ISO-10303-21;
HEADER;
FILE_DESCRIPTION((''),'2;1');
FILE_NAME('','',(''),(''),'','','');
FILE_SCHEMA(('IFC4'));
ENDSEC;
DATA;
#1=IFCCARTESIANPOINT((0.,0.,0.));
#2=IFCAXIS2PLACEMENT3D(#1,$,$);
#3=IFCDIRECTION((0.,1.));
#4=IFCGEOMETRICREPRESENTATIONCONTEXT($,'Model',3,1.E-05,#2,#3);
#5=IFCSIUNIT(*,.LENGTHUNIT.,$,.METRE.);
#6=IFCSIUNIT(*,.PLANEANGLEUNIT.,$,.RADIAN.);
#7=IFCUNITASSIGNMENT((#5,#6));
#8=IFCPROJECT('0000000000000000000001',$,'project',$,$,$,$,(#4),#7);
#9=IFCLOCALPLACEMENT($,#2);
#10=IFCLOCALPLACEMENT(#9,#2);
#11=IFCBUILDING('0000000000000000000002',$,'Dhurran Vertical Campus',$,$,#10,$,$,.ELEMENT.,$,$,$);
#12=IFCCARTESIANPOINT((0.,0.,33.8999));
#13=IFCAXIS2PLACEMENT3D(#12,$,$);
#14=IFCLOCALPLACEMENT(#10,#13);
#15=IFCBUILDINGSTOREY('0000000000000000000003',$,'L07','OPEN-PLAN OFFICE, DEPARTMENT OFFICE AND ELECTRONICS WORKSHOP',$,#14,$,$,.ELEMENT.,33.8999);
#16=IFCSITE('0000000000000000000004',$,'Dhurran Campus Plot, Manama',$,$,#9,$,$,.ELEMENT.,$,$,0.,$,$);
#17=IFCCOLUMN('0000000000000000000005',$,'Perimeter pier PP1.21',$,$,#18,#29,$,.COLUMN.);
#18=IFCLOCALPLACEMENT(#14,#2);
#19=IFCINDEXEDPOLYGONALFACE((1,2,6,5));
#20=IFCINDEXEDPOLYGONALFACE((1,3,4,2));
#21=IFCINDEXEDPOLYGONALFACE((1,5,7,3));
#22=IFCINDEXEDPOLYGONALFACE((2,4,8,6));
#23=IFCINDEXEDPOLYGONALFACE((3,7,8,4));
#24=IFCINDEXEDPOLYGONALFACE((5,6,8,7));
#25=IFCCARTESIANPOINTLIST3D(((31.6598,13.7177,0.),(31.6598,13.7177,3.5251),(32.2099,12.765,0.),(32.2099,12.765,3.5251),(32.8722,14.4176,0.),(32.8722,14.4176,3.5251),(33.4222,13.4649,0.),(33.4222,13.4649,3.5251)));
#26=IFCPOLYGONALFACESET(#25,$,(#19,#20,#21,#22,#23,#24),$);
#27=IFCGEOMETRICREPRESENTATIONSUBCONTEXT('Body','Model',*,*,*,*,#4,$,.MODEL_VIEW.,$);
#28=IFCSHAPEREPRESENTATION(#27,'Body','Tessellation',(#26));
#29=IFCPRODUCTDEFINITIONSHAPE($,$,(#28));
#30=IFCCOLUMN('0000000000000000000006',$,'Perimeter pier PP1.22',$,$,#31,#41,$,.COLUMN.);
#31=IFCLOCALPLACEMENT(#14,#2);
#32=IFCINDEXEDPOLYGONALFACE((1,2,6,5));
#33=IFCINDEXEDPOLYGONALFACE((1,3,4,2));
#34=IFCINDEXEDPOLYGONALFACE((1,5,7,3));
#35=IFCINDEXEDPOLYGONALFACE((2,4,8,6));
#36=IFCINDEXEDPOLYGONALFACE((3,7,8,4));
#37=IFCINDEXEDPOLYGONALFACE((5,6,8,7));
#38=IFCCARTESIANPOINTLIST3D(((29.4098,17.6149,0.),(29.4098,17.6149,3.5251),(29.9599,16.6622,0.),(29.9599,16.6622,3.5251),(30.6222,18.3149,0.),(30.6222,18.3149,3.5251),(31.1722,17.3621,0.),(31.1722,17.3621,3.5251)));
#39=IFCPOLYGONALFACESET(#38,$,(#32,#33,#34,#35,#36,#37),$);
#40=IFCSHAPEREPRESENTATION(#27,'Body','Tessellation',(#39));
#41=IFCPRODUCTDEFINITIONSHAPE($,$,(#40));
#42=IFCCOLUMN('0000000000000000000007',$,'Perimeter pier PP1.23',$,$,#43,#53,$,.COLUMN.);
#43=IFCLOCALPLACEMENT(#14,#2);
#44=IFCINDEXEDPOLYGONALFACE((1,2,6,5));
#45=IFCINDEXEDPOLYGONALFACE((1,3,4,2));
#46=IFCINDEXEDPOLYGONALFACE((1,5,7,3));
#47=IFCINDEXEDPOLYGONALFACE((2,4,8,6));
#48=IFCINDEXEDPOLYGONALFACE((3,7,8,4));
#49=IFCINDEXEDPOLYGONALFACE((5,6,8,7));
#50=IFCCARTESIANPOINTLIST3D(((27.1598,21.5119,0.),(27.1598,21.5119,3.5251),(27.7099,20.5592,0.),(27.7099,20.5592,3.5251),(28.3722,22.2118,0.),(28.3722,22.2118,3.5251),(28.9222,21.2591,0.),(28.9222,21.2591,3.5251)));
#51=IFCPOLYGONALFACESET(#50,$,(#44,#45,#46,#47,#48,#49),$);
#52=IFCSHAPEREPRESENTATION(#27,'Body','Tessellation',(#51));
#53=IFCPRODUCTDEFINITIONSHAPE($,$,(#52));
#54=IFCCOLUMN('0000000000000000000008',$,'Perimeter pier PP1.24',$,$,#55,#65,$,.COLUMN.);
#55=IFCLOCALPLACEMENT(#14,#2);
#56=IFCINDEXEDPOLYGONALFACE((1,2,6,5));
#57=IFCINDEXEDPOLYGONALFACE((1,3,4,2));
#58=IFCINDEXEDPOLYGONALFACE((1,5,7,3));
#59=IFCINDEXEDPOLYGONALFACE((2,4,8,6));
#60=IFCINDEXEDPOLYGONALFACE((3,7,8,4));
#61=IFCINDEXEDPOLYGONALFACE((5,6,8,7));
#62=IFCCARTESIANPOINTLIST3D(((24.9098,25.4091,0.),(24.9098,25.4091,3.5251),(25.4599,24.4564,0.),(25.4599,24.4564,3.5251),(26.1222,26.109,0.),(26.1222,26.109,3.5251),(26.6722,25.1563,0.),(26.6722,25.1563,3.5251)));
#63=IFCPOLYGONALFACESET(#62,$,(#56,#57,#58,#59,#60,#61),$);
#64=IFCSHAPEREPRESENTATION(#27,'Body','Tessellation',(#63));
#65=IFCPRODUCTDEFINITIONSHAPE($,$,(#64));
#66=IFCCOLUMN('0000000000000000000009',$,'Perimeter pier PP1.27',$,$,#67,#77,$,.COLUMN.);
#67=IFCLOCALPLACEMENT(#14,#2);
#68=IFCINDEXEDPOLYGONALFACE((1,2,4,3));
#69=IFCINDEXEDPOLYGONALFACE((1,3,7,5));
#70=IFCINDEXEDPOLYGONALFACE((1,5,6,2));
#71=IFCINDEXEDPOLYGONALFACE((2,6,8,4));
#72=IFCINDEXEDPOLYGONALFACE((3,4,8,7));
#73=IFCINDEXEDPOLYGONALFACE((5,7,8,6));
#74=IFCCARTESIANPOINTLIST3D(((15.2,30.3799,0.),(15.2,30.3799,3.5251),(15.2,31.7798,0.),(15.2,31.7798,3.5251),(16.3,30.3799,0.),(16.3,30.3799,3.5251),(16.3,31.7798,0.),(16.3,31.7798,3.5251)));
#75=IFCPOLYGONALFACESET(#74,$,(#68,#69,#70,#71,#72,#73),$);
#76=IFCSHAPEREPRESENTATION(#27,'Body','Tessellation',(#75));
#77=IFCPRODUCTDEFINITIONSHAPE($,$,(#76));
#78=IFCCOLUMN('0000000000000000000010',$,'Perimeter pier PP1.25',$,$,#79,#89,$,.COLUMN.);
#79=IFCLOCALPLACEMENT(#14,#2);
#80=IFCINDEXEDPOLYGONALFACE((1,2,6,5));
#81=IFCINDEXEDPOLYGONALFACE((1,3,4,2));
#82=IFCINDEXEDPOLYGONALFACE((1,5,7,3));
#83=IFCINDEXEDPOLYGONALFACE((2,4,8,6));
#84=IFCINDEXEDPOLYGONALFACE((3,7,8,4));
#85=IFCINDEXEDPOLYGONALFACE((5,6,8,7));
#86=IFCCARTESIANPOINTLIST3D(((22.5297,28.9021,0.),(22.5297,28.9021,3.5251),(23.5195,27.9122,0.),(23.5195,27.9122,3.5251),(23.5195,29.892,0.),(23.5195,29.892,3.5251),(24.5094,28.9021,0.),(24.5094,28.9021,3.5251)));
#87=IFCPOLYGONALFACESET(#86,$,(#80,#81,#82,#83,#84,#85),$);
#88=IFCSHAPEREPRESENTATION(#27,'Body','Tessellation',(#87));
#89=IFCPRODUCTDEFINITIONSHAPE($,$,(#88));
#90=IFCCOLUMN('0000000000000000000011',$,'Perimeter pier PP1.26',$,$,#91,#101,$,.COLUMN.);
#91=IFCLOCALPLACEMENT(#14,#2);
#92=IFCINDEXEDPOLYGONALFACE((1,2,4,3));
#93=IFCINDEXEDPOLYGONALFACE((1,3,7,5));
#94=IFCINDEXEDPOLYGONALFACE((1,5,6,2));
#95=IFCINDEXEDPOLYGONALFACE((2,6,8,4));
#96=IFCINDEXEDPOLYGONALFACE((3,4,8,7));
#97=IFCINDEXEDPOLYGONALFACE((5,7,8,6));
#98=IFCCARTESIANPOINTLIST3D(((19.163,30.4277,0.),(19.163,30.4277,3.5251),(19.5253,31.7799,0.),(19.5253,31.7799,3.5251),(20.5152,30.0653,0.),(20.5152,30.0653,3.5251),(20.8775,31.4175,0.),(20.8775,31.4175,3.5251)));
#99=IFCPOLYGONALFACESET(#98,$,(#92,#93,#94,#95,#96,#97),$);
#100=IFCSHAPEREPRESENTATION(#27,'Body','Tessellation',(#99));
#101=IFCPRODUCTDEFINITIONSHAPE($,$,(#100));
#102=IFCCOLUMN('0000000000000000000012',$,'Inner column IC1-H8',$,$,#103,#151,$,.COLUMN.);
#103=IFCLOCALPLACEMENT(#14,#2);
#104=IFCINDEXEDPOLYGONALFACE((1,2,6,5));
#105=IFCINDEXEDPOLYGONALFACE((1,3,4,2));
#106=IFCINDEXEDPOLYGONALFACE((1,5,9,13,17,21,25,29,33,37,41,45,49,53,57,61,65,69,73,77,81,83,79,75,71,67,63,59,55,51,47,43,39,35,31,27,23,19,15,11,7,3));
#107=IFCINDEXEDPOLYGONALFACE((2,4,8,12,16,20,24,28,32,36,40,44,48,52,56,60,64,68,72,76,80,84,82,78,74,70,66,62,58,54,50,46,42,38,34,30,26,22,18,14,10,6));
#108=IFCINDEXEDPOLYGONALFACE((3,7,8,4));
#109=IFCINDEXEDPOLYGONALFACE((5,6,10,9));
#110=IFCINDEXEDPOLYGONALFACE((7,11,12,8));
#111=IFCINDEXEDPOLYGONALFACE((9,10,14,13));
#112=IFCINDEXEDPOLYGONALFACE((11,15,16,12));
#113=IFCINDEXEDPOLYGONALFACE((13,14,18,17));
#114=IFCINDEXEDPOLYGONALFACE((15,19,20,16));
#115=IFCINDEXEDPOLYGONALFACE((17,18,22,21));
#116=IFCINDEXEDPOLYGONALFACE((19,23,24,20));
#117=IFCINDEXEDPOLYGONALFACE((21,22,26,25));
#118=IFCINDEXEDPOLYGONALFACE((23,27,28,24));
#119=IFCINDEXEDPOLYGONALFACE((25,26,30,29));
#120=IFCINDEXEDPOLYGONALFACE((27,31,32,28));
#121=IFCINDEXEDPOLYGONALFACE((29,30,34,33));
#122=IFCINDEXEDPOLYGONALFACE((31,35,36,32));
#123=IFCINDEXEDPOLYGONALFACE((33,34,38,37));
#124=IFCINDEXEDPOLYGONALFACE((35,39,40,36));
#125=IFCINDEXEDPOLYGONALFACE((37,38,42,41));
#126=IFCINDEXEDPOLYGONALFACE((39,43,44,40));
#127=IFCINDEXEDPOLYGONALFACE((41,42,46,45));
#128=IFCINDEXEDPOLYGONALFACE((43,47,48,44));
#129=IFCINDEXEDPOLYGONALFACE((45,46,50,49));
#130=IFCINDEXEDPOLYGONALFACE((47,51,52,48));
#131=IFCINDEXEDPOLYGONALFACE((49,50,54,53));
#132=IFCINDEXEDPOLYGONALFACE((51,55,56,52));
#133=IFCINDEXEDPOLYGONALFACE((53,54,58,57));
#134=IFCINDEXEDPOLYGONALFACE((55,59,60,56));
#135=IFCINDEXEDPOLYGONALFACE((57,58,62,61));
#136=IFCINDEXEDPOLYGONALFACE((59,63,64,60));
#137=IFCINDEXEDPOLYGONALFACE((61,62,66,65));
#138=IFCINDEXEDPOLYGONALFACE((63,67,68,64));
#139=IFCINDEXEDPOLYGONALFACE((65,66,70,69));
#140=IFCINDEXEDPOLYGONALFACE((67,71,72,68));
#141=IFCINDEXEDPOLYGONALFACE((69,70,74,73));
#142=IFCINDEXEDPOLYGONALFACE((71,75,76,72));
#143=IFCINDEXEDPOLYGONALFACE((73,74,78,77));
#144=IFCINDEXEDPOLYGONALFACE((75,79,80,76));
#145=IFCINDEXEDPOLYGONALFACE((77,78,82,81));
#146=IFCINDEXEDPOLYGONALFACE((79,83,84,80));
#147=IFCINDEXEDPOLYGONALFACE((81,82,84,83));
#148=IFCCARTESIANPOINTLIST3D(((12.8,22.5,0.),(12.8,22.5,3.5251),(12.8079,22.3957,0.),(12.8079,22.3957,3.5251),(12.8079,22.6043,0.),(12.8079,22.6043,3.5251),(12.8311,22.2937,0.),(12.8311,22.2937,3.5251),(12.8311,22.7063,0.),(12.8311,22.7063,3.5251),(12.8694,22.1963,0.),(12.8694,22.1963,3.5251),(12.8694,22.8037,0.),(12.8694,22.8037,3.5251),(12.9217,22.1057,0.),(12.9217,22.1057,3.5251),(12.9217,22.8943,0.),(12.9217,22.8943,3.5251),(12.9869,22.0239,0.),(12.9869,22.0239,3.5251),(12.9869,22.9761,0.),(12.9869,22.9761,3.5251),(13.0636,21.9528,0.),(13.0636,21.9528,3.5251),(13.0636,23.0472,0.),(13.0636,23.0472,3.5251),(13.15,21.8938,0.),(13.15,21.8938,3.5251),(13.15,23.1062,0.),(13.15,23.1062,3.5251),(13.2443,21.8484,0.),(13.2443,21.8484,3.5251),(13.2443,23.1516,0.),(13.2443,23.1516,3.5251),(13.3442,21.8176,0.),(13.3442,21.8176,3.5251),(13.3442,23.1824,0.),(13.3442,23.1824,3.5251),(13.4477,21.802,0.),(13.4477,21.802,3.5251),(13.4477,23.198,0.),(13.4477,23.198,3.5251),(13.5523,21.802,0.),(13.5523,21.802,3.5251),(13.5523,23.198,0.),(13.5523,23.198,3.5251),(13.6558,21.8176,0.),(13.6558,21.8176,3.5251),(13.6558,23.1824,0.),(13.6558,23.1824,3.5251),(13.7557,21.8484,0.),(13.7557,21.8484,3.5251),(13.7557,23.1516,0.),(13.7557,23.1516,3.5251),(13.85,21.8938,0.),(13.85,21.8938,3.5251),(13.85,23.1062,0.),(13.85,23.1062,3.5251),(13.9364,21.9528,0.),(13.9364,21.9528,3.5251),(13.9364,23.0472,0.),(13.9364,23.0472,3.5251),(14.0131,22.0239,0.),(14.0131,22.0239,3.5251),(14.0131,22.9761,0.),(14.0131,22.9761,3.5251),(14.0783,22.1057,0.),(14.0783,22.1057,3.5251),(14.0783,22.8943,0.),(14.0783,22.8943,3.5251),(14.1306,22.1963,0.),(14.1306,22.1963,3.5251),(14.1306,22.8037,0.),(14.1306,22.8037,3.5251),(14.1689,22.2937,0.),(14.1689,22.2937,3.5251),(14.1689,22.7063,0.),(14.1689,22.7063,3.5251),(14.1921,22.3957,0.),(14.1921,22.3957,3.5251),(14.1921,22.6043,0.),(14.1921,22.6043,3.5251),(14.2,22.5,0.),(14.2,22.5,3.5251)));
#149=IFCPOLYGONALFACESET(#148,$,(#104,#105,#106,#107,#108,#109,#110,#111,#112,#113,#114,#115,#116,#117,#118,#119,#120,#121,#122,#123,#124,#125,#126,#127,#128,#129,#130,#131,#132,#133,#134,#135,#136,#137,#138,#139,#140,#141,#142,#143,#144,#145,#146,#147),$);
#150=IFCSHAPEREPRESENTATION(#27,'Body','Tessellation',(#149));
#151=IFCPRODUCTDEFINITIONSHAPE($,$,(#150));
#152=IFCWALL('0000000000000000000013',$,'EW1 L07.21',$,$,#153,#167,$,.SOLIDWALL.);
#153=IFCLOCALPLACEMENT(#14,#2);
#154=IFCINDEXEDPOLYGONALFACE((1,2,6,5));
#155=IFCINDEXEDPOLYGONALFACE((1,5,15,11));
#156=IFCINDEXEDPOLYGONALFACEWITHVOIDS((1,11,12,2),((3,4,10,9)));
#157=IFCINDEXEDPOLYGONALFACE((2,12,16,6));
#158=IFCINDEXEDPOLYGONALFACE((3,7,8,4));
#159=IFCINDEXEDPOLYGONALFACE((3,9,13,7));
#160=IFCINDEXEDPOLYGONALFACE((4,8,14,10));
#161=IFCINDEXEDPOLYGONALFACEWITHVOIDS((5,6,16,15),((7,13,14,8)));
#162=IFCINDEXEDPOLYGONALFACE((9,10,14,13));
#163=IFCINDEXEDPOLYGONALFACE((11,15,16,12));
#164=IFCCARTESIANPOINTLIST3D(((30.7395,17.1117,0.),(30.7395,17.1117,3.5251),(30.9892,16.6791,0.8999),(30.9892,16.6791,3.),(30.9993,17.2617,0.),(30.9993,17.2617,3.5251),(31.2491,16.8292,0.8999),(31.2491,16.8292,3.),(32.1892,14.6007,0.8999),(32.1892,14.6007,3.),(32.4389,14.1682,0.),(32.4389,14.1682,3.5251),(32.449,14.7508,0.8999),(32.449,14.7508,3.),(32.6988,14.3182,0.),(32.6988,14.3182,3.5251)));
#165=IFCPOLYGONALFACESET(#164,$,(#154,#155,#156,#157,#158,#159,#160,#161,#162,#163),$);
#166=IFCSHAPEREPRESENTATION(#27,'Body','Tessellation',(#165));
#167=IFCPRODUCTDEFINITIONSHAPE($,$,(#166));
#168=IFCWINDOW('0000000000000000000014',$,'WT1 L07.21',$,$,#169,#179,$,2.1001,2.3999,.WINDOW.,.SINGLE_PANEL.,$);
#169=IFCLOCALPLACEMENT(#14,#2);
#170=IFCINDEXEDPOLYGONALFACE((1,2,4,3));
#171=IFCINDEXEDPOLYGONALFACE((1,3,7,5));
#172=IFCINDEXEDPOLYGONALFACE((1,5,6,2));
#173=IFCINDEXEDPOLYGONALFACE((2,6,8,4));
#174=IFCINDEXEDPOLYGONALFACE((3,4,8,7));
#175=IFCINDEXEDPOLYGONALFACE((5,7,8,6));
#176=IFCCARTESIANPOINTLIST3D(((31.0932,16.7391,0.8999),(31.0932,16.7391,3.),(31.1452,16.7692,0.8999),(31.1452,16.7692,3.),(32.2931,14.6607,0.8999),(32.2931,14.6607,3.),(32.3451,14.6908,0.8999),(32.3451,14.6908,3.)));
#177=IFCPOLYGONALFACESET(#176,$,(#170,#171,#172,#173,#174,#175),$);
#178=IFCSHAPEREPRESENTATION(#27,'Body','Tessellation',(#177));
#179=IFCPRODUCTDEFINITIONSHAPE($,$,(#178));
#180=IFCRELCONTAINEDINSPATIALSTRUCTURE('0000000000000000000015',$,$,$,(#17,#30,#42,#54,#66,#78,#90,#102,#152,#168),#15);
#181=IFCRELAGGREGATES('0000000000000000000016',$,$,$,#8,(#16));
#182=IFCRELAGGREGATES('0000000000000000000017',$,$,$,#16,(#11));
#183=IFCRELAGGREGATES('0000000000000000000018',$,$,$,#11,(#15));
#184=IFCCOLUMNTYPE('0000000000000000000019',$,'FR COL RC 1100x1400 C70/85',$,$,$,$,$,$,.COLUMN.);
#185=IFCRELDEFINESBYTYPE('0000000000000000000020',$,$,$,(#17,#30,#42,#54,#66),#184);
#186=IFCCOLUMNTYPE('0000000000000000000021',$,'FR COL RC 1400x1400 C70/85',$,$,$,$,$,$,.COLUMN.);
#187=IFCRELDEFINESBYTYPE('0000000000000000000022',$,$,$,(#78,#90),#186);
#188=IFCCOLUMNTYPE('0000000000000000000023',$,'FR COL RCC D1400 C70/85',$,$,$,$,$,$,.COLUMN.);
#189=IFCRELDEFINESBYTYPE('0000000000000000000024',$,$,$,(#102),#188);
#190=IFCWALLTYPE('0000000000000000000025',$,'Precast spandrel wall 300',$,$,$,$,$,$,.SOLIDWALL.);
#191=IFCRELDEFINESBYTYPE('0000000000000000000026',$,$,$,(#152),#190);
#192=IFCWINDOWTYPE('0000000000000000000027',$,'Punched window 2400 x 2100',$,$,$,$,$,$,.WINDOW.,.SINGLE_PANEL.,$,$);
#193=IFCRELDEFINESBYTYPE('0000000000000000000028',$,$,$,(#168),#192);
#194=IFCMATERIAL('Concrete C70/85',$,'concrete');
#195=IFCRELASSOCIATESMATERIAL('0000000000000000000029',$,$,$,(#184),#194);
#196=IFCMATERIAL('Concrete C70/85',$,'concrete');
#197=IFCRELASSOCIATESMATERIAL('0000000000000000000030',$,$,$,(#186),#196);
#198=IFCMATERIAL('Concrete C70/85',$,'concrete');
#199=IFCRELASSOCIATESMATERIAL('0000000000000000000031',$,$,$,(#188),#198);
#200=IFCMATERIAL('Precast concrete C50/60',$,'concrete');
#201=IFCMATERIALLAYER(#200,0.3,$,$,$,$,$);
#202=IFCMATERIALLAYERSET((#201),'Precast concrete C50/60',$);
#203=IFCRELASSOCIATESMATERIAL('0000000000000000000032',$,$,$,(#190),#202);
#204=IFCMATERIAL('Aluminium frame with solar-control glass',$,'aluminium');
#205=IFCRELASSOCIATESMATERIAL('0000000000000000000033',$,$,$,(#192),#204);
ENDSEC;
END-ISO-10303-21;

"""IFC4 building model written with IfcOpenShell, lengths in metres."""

from ifc_helpers import new_model, si_unit, direction, frame, frame_2d, origin, origin_2d, place, context, subcontext, project, spatial, rectangle, circle, extrude, material, layer, layer_set, material_profile, profile_set, type_object, element, fill, save


model = new_model("IFC4")

# Units and contexts
model_context = context("Model", 3, precision=1e-05, world=origin(), true_north=direction((0.0, 1.0)))
body_context = subcontext(model_context, "Body", "Model", "MODEL_VIEW")
ifc_project = project(units=[si_unit("LENGTHUNIT", "METRE"), si_unit("PLANEANGLEUNIT", "RADIAN")], contexts=[model_context])

# Site, building, storey
site_placement = place(None, origin())
site = spatial("IfcSite", under=ifc_project, at=site_placement, Name="Dhurran Campus Plot, Manama", CompositionType="ELEMENT", RefElevation=0.0)
building_placement = place(site_placement, origin())
building = spatial("IfcBuilding", under=site, at=building_placement, Name="Dhurran Vertical Campus", CompositionType="ELEMENT")
storey_placement = place(building_placement, frame((0.0, 0.0, 33.8999)))
storey = spatial("IfcBuildingStorey", under=building, at=storey_placement, Name="L07", Description="OPEN-PLAN OFFICE, DEPARTMENT OFFICE AND ELECTRONICS WORKSHOP", CompositionType="ELEMENT", Elevation=33.8999)

# Columns
ifc_material_1 = material(Name="Concrete C70/85", Category="concrete")
ifc_material_profile_1 = material_profile(ifc_material_1, rectangle(XDim=1.1001, YDim=1.3999, at=origin_2d()), Name="RC 1100x1400")
ifc_profile_set_1 = profile_set([ifc_material_profile_1], Name="Concrete C70/85")
column_type_1 = type_object("IfcColumnType", Name="FR COL RC 1100x1400 C70/85", PredefinedType="COLUMN", material=ifc_profile_set_1)
for number, where, z_axis, x_axis, name in (
    (1, (32.541, 13.5913, 0.0), (0.0, 0.0, 1.0), (-0.5, 0.866025, 0.0), "Perimeter pier PP1.21"),
    (2, (30.291, 17.4885, 0.0), (0.0, 0.0, 1.0), (-0.5, 0.866025, 0.0), "Perimeter pier PP1.22"),
    (3, (28.041, 21.3855, 0.0), (0.0, 0.0, 1.0), (-0.5, 0.866025, 0.0), "Perimeter pier PP1.23"),
    (4, (25.791, 25.2827, 0.0), (0.0, 0.0, 1.0), (-0.5, 0.866025, 0.0), "Perimeter pier PP1.24"),
    (5, (15.75, 31.0798, 0.0), (0.0, 0.0, 1.0), (-1.0, 0.0, 0.0), "Perimeter pier PP1.27"),
):
    element("IfcColumn", number, at=place(storey_placement, frame(where, z_axis=z_axis, x_axis=x_axis)), inside=storey, type_object=column_type_1, Name=name, PredefinedType="COLUMN", context=body_context, shape_type="SweptSolid", body=[
        extrude(rectangle(XDim=1.1001, YDim=1.3999, at=origin_2d()), origin(), (0.0, 0.0, 1.0), 3.5251),
    ])
ifc_material_2 = material(Name="Concrete C70/85", Category="concrete")
ifc_material_profile_2 = material_profile(ifc_material_2, rectangle(XDim=1.3999, YDim=1.3999, at=origin_2d()), Name="RC 1400x1400")
ifc_profile_set_2 = profile_set([ifc_material_profile_2], Name="Concrete C70/85")
column_type_2 = type_object("IfcColumnType", Name="FR COL RC 1400x1400 C70/85", PredefinedType="COLUMN", material=ifc_profile_set_2)
for number, where, z_axis, x_axis, name in (
    (6, (23.5195, 28.9021, 0.0), (0.0, 0.0, 1.0), (-0.707107, 0.707107, 0.0), "Perimeter pier PP1.25"),
    (7, (20.0203, 30.9226, 0.0), (0.0, 0.0, 1.0), (-0.965926, 0.258819, 0.0), "Perimeter pier PP1.26"),
):
    element("IfcColumn", number, at=place(storey_placement, frame(where, z_axis=z_axis, x_axis=x_axis)), inside=storey, type_object=column_type_2, Name=name, PredefinedType="COLUMN", context=body_context, shape_type="SweptSolid", body=[
        extrude(rectangle(XDim=1.3999, YDim=1.3999, at=origin_2d()), origin(), (0.0, 0.0, 1.0), 3.5251),
    ])
ifc_material_3 = material(Name="Concrete C70/85", Category="concrete")
ifc_material_profile_3 = material_profile(ifc_material_3, circle(Radius=0.7, at=origin_2d()), Name="RCC D1400")
ifc_profile_set_3 = profile_set([ifc_material_profile_3], Name="Concrete C70/85")
column_type_3 = type_object("IfcColumnType", Name="FR COL RCC D1400 C70/85", PredefinedType="COLUMN", material=ifc_profile_set_3)
column_placement = place(storey_placement, frame((13.5, 22.5, 0.0), z_axis=(0.0, 0.0, 1.0), x_axis=(1.0, 0.0, 0.0)))
element("IfcColumn", 8, at=column_placement, inside=storey, type_object=column_type_3, Name="Inner column IC1-H8", PredefinedType="COLUMN", context=body_context, shape_type="SweptSolid", body=[
    extrude(circle(Radius=0.7, at=origin_2d()), origin(), (0.0, 0.0, 1.0), 3.5251),
])

# Wall, opening, window
ifc_material_4 = material(Name="Precast concrete C50/60", Category="concrete")
ifc_layer_1 = layer(ifc_material_4, 0.3)
ifc_layer_set_1 = layer_set([ifc_layer_1], Name="Precast concrete C50/60")
wall_type_1 = type_object("IfcWallType", Name="Precast spandrel wall 300", PredefinedType="SOLIDWALL", material=ifc_layer_set_1)
wall_1_placement = place(storey_placement, frame((32.5688, 14.2432, 0.0), z_axis=(0.0, 0.0, 1.0), x_axis=(-0.499994, 0.866029, 0.0)))
wall_1 = element("IfcWall", 9, at=wall_1_placement, inside=storey, type_object=wall_type_1, Name="EW1 L07.21", PredefinedType="SOLIDWALL", context=body_context, shape_type="SweptSolid", body=[
    extrude(rectangle(XDim=3.3989, YDim=0.3, at=frame_2d((1.6995, 0.0))), origin(), (0.0, 0.0, 1.0), 3.5251),
])
opening_1_placement = place(wall_1_placement, frame((0.4995, 0.0, 0.8999)))
opening_1 = element("IfcOpeningElement", 10, at=opening_1_placement, cuts=wall_1, PredefinedType="OPENING", context=body_context, shape_type="SweptSolid", body=[
    extrude(rectangle(XDim=2.3999, YDim=2.1001, at=frame_2d((1.2, 1.05))), frame((0.0, 0.1599, 0.0), z_axis=(0.0, -1.0, 0.0), x_axis=(1.0, 0.0, 0.0)), (0.0, 0.0, 1.0), 0.3201),
])
ifc_material_5 = material(Name="Aluminium frame with solar-control glass", Category="aluminium")
window_type = type_object("IfcWindowType", Name="Punched window 2400 x 2100", PartitioningType="SINGLE_PANEL", PredefinedType="WINDOW", material=ifc_material_5)
window_1_placement = place(opening_1_placement, origin())
window_1 = element("IfcWindow", 11, at=window_1_placement, inside=storey, type_object=window_type, Name="WT1 L07.21", OverallHeight=2.1001, OverallWidth=2.3999, PartitioningType="SINGLE_PANEL", PredefinedType="WINDOW", context=body_context, shape_type="SweptSolid", body=[
    extrude(rectangle(XDim=2.3999, YDim=2.1001, at=frame_2d((1.2, 1.05))), frame((0.0, 0.03, 0.0), z_axis=(0.0, -1.0, 0.0), x_axis=(1.0, 0.0, 0.0)), (0.0, 0.0, 1.0), 0.0601),
])
fill(opening_1, window_1)

save(model, "model.ifc")
